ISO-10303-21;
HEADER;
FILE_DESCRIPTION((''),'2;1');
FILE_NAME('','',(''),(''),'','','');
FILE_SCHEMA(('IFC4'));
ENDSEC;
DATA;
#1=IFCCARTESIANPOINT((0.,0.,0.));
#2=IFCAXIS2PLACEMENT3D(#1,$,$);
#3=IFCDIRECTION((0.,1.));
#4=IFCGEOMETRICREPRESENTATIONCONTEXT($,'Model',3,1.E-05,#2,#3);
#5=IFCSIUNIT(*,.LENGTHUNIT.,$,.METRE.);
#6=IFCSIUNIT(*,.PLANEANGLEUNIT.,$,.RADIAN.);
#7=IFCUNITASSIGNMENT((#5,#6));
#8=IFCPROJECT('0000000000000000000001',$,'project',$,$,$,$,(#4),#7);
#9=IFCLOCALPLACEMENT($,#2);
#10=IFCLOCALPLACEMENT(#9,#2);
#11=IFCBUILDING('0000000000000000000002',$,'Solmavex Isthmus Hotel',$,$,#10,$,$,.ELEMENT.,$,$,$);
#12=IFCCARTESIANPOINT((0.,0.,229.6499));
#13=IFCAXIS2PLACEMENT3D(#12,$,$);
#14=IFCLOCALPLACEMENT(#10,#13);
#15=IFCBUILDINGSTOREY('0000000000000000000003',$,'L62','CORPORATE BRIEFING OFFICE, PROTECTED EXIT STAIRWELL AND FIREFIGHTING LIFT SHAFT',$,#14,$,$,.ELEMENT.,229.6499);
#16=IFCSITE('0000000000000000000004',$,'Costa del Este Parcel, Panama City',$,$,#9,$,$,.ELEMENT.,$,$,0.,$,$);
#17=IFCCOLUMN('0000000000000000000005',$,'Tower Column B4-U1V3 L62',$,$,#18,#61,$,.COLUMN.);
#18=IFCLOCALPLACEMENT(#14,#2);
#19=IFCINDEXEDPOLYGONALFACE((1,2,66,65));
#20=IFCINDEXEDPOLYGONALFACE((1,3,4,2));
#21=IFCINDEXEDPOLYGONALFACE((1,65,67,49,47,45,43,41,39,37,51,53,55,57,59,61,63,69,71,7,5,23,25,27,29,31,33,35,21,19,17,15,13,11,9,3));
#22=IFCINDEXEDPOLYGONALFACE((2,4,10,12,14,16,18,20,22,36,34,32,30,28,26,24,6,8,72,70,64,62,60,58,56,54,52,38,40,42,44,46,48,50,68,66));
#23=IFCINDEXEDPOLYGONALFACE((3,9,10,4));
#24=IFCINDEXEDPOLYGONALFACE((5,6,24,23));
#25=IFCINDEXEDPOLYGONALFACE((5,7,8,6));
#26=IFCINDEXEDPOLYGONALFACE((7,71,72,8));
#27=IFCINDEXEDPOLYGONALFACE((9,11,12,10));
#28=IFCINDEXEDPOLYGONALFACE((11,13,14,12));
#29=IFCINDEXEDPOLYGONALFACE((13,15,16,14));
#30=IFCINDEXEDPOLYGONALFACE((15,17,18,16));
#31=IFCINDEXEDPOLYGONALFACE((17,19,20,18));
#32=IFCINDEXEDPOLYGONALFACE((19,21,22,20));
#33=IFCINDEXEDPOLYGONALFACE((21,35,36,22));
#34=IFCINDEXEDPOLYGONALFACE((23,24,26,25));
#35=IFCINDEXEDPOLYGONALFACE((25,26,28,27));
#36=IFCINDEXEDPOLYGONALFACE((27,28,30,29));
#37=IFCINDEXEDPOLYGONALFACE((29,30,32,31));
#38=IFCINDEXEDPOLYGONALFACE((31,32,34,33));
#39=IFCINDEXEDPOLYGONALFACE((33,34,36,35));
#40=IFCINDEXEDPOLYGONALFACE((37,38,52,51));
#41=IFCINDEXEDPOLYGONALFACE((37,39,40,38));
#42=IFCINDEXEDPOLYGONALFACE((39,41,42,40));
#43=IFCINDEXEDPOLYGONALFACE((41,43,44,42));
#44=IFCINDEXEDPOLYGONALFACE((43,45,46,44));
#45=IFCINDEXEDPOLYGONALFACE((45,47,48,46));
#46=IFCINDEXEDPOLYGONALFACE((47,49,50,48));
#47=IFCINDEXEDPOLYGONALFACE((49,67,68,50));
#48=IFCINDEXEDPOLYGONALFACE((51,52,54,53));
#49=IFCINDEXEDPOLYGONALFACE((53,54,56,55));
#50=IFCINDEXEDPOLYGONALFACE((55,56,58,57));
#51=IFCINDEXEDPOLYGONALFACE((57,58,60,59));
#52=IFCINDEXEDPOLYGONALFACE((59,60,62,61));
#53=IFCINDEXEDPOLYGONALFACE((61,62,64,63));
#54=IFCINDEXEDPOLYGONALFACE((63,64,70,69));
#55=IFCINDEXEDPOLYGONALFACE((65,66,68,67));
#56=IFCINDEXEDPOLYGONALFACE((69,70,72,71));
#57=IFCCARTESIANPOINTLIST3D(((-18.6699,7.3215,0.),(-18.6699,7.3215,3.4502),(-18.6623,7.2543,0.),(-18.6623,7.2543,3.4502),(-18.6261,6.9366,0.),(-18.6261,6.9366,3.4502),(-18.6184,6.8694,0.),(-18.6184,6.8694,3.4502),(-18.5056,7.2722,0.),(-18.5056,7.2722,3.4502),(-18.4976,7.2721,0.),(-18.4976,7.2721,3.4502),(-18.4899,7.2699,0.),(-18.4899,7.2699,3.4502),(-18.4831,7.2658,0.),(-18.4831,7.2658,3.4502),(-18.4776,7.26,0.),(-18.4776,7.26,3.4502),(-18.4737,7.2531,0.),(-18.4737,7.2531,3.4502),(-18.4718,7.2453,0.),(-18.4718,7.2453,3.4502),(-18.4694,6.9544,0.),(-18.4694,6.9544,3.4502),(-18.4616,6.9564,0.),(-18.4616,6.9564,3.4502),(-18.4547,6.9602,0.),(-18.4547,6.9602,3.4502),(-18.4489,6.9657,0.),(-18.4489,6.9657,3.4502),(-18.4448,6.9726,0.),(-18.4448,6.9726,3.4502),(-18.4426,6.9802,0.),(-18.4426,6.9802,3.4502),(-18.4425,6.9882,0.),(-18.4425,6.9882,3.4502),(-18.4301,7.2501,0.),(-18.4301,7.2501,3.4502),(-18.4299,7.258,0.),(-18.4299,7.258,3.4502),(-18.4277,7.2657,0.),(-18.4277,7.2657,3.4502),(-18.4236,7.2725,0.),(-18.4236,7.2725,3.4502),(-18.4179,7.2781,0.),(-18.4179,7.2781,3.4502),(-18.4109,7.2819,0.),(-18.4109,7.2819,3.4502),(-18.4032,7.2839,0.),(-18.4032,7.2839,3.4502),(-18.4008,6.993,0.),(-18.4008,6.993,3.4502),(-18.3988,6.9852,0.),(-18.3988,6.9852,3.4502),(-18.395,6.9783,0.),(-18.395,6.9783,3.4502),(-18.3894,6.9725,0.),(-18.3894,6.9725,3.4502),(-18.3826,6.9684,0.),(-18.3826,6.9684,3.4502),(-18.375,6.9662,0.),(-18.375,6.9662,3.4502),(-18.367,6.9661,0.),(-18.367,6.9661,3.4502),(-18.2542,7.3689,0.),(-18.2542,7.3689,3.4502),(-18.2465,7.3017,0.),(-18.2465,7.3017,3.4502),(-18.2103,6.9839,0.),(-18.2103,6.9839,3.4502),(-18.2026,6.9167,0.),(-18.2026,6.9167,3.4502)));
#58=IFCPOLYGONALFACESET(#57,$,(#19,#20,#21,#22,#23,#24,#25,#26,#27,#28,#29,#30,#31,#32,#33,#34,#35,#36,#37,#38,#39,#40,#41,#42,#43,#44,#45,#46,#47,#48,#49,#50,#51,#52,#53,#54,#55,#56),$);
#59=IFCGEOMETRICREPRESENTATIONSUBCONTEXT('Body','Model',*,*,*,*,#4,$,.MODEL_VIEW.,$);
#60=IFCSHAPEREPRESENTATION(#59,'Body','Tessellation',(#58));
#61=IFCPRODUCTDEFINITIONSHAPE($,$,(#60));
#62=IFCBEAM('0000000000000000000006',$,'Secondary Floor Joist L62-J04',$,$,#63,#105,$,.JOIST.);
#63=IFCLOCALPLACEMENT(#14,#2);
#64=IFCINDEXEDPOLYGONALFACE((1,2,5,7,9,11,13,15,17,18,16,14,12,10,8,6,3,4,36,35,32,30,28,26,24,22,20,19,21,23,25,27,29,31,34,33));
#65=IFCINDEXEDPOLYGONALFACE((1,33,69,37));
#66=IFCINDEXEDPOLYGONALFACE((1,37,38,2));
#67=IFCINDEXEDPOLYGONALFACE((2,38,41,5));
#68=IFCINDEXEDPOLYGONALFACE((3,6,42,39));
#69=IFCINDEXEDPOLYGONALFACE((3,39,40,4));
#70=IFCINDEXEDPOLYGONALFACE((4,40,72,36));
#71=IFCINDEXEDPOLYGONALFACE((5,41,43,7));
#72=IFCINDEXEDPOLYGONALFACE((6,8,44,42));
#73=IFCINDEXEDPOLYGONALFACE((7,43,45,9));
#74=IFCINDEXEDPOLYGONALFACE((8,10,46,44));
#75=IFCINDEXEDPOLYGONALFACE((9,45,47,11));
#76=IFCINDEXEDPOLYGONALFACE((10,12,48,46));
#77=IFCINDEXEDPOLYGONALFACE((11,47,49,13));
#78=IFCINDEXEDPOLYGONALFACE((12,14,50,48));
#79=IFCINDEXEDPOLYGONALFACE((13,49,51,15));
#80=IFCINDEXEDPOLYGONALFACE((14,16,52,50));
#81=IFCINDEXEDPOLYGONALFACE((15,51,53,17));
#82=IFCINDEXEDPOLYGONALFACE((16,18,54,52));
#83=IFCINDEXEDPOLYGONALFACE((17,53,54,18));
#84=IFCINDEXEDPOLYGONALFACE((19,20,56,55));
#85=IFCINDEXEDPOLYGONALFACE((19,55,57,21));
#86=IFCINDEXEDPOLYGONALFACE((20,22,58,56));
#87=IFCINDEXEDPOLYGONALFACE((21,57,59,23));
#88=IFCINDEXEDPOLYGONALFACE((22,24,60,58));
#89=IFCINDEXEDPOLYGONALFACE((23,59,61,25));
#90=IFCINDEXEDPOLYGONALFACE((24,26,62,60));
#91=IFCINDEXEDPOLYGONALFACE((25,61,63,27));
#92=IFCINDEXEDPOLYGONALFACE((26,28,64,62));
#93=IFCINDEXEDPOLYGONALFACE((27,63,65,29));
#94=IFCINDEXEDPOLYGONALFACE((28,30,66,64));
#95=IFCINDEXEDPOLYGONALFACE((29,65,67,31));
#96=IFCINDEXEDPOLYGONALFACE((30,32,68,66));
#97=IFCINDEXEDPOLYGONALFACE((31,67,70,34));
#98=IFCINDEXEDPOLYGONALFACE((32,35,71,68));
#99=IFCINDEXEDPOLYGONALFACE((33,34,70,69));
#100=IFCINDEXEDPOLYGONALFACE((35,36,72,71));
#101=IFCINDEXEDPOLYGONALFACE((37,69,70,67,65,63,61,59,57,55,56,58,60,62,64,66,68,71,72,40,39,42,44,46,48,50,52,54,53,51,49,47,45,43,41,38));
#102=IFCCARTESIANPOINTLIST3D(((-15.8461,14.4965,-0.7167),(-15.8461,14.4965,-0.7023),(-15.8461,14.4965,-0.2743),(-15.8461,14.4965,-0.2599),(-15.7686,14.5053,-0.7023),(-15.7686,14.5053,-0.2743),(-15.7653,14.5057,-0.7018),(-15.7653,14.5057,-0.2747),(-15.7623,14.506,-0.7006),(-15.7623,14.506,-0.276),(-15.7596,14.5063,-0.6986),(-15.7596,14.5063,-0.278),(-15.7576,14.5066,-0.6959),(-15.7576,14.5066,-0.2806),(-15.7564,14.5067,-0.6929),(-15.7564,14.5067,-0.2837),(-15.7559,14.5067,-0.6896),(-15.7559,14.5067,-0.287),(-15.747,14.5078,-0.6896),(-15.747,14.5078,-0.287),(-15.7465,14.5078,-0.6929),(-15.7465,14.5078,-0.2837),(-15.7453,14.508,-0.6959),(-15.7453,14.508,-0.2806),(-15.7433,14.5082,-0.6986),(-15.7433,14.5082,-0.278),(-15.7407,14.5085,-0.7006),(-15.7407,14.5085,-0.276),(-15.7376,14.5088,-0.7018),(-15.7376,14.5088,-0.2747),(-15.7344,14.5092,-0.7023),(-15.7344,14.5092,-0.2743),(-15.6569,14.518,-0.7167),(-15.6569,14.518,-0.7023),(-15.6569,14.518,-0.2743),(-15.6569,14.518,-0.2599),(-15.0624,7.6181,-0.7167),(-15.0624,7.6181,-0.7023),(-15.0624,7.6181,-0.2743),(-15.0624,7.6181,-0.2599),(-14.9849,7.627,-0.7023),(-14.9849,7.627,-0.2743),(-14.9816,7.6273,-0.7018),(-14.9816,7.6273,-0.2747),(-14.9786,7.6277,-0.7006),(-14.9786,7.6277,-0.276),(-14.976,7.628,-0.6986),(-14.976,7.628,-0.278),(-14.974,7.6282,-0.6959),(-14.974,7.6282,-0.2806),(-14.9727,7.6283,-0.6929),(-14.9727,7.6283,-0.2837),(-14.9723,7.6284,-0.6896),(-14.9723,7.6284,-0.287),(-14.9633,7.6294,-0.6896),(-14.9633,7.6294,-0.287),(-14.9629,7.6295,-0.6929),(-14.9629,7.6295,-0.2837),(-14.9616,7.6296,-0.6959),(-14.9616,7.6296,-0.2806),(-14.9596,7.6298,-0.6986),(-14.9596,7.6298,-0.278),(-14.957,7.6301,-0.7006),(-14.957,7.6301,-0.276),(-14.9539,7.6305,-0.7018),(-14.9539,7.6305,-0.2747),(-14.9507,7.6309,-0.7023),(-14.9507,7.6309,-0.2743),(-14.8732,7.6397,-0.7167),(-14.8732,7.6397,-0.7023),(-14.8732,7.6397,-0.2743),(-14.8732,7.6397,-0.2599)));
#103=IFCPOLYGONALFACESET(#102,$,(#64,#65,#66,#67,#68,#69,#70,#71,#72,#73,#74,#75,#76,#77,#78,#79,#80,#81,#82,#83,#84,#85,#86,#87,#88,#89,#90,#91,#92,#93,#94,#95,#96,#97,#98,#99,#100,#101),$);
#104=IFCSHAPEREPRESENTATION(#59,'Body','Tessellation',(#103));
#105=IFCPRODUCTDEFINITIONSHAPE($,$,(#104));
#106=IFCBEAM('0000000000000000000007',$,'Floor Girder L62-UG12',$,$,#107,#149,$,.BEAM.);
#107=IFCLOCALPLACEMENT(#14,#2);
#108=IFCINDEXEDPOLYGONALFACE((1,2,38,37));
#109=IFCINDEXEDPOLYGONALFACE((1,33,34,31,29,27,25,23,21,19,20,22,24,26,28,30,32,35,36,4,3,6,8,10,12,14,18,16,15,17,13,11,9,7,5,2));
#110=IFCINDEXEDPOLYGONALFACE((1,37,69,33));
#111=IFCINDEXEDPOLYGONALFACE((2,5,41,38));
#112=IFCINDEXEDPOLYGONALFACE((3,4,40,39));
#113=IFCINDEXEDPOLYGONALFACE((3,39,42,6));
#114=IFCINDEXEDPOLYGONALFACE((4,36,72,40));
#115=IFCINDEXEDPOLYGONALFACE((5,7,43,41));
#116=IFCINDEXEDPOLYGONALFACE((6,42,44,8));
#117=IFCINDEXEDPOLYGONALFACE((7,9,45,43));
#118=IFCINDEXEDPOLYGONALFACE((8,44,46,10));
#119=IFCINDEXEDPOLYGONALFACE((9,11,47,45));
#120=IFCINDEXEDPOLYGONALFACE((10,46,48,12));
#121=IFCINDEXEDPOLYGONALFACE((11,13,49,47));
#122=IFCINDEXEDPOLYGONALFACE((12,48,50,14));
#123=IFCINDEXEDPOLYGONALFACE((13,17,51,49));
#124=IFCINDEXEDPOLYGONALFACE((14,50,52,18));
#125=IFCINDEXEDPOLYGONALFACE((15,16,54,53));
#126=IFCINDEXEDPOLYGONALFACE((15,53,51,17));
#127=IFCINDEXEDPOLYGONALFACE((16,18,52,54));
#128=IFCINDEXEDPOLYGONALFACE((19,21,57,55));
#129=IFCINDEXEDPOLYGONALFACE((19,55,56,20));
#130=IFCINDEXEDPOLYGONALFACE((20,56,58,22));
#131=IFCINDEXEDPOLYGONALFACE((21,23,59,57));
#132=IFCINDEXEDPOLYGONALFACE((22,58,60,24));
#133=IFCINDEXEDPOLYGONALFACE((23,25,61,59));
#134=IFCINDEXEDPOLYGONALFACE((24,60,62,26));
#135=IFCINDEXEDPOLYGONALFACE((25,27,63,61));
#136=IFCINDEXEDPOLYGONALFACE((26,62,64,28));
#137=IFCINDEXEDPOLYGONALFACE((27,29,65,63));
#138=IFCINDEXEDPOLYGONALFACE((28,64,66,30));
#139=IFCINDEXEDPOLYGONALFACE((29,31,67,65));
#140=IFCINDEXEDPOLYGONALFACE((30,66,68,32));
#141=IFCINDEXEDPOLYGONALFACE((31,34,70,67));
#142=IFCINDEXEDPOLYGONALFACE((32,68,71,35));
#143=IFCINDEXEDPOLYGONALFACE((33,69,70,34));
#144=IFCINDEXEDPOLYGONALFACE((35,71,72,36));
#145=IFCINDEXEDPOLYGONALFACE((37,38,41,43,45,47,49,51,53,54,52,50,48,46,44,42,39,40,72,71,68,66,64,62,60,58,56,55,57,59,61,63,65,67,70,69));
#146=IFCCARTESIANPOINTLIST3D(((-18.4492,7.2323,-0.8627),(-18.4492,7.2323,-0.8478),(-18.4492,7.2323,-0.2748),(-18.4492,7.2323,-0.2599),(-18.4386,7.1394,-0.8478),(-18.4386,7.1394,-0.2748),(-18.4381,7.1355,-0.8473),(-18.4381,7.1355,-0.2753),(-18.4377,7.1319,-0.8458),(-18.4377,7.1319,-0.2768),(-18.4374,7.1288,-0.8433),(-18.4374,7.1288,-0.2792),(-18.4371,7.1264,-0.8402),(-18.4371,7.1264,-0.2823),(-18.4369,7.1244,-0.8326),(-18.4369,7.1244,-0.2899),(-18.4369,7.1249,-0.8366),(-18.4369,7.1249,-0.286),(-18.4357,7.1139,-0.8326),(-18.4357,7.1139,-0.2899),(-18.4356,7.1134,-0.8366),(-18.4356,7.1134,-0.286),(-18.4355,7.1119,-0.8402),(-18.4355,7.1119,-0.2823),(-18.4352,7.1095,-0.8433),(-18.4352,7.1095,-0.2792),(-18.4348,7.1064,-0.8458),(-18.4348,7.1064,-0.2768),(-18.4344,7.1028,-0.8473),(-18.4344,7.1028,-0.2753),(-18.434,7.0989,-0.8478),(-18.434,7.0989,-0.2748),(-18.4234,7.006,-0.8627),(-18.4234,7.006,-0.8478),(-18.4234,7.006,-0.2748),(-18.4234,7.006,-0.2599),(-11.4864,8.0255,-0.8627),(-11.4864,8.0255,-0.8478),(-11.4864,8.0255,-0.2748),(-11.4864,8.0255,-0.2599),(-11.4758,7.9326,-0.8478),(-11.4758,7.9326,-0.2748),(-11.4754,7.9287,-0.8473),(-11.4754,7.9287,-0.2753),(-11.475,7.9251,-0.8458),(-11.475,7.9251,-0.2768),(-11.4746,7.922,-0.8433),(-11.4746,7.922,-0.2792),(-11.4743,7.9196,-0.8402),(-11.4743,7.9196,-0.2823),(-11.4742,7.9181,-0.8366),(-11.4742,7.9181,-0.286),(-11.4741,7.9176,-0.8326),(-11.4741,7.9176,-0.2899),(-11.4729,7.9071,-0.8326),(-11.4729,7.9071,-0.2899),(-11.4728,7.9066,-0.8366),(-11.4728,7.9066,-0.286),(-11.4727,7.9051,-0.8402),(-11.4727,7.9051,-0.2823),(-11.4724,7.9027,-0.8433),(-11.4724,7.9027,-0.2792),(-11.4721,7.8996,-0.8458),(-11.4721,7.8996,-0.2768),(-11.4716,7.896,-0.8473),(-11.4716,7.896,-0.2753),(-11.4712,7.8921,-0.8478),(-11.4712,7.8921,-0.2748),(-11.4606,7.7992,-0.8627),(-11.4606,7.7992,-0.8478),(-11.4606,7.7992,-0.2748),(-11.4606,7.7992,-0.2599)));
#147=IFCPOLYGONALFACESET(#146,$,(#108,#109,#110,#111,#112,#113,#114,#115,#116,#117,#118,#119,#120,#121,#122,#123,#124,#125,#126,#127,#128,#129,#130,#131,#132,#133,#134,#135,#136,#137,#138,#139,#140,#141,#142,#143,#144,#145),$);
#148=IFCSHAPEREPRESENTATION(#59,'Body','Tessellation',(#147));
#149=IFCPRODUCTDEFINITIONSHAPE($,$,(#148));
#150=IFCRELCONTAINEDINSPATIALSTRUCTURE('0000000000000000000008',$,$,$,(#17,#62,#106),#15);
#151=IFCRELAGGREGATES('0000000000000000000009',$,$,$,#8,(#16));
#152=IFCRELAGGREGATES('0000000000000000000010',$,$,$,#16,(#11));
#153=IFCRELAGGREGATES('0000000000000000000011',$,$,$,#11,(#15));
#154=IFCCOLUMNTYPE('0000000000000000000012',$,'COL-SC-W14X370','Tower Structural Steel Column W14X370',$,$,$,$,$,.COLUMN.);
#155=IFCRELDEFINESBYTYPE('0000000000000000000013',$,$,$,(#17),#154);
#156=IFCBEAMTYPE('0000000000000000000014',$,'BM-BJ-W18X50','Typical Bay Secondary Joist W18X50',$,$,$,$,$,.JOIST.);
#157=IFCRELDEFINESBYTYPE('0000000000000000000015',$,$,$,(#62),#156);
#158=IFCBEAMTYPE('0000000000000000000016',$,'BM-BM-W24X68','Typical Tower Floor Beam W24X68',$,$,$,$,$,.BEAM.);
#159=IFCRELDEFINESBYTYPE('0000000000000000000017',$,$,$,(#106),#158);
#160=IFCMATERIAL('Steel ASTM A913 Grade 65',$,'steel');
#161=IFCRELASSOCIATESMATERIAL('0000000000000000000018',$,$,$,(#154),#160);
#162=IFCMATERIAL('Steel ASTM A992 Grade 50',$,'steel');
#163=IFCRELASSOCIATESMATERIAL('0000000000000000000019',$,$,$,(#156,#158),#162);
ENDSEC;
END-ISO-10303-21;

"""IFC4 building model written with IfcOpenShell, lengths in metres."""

from ifc_helpers import new_model, si_unit, direction, frame, origin, origin_2d, place, context, subcontext, project, spatial, i_section, extrude, material, material_profile, profile_set, type_object, element, save


model = new_model("IFC4")

# Units and contexts
model_context = context("Model", 3, precision=1e-05, world=origin(), true_north=direction((0.0, 1.0)))
body_context = subcontext(model_context, "Body", "Model", "MODEL_VIEW")
ifc_project = project(units=[si_unit("LENGTHUNIT", "METRE"), si_unit("PLANEANGLEUNIT", "RADIAN")], contexts=[model_context])

# Site, building, storey
site_placement = place(None, origin())
site = spatial("IfcSite", under=ifc_project, at=site_placement, Name="Costa del Este Parcel, Panama City", CompositionType="ELEMENT", RefElevation=0.0)
building_placement = place(site_placement, origin())
building = spatial("IfcBuilding", under=site, at=building_placement, Name="Solmavex Isthmus Hotel", CompositionType="ELEMENT")
storey_placement = place(building_placement, frame((0.0, 0.0, 229.6499)))
storey = spatial("IfcBuildingStorey", under=building, at=storey_placement, Name="L62", Description="CORPORATE BRIEFING OFFICE, PROTECTED EXIT STAIRWELL AND FIREFIGHTING LIFT SHAFT", CompositionType="ELEMENT", Elevation=229.6499)

# Column
ifc_material_1 = material(Name="Steel ASTM A913 Grade 65", Category="steel")
ifc_material_profile_1 = material_profile(ifc_material_1, i_section(OverallWidth=0.4185, OverallDepth=0.4551, WebThickness=0.042, FlangeThickness=0.0676, FilletRadius=0.0305, at=origin_2d()), Name="W14X370")
ifc_profile_set_1 = profile_set([ifc_material_profile_1], Name="Steel ASTM A913 Grade 65")
column_type = type_object("IfcColumnType", Name="COL-SC-W14X370", Description="Tower Structural Steel Column W14X370", PredefinedType="COLUMN", material=ifc_profile_set_1)
column_placement = place(storey_placement, frame((-18.4363, 7.1191, 0.0), z_axis=(0.0, 0.0, 1.0), x_axis=(0.993572, 0.113203, 0.0)))
element("IfcColumn", 1, at=column_placement, inside=storey, type_object=column_type, Name="Tower Column B4-U1V3 L62", PredefinedType="COLUMN", context=body_context, shape_type="SweptSolid", body=[
    extrude(i_section(OverallWidth=0.4185, OverallDepth=0.4551, WebThickness=0.042, FlangeThickness=0.0676, FilletRadius=0.0305, at=origin_2d()), origin(), (0.0, 0.0, 1.0), 3.4502),
])

# Beams
ifc_material_2 = material(Name="Steel ASTM A992 Grade 50", Category="steel")
ifc_material_profile_2 = material_profile(ifc_material_2, i_section(OverallWidth=0.1904, OverallDepth=0.4568, WebThickness=0.009, FlangeThickness=0.0144, FilletRadius=0.0127, at=origin_2d()), Name="W18X50")
ifc_profile_set_2 = profile_set([ifc_material_profile_2], Name="Steel ASTM A992 Grade 50")
beam_type_1 = type_object("IfcBeamType", Name="BM-BJ-W18X50", Description="Typical Bay Secondary Joist W18X50", PredefinedType="JOIST", material=ifc_profile_set_2)
beam_1_placement = place(storey_placement, frame((-14.9678, 7.6289, -0.4883), z_axis=(-0.113202, 0.993572, 0.0), x_axis=(-0.993572, -0.113202, 0.0)))
element("IfcBeam", 2, at=beam_1_placement, inside=storey, type_object=beam_type_1, Name="Secondary Floor Joist L62-J04", PredefinedType="JOIST", context=body_context, shape_type="SweptSolid", body=[
    extrude(i_section(OverallWidth=0.1904, OverallDepth=0.4568, WebThickness=0.009, FlangeThickness=0.0144, FilletRadius=0.0127, at=origin_2d()), origin(), (0.0, 0.0, 1.0), 6.9229),
])
ifc_material_profile_3 = material_profile(ifc_material_2, i_section(OverallWidth=0.2278, OverallDepth=0.6028, WebThickness=0.0105, FlangeThickness=0.0149, FilletRadius=0.0151, at=origin_2d()), Name="W24X68")
ifc_profile_set_3 = profile_set([ifc_material_profile_3], Name="Steel ASTM A992 Grade 50")
beam_type_2 = type_object("IfcBeamType", Name="BM-BM-W24X68", Description="Typical Tower Floor Beam W24X68", PredefinedType="BEAM", material=ifc_profile_set_3)
beam_2_placement = place(storey_placement, frame((-18.4363, 7.1191, -0.5613), z_axis=(0.993574, 0.113188, 0.0), x_axis=(-0.113188, 0.993574, 0.0)))
element("IfcBeam", 3, at=beam_2_placement, inside=storey, type_object=beam_type_2, Name="Floor Girder L62-UG12", PredefinedType="BEAM", context=body_context, shape_type="SweptSolid", body=[
    extrude(i_section(OverallWidth=0.2278, OverallDepth=0.6028, WebThickness=0.0105, FlangeThickness=0.0149, FilletRadius=0.0151, at=origin_2d()), origin(), (0.0, 0.0, 1.0), 7.0078),
])

save(model, "model.ifc")
